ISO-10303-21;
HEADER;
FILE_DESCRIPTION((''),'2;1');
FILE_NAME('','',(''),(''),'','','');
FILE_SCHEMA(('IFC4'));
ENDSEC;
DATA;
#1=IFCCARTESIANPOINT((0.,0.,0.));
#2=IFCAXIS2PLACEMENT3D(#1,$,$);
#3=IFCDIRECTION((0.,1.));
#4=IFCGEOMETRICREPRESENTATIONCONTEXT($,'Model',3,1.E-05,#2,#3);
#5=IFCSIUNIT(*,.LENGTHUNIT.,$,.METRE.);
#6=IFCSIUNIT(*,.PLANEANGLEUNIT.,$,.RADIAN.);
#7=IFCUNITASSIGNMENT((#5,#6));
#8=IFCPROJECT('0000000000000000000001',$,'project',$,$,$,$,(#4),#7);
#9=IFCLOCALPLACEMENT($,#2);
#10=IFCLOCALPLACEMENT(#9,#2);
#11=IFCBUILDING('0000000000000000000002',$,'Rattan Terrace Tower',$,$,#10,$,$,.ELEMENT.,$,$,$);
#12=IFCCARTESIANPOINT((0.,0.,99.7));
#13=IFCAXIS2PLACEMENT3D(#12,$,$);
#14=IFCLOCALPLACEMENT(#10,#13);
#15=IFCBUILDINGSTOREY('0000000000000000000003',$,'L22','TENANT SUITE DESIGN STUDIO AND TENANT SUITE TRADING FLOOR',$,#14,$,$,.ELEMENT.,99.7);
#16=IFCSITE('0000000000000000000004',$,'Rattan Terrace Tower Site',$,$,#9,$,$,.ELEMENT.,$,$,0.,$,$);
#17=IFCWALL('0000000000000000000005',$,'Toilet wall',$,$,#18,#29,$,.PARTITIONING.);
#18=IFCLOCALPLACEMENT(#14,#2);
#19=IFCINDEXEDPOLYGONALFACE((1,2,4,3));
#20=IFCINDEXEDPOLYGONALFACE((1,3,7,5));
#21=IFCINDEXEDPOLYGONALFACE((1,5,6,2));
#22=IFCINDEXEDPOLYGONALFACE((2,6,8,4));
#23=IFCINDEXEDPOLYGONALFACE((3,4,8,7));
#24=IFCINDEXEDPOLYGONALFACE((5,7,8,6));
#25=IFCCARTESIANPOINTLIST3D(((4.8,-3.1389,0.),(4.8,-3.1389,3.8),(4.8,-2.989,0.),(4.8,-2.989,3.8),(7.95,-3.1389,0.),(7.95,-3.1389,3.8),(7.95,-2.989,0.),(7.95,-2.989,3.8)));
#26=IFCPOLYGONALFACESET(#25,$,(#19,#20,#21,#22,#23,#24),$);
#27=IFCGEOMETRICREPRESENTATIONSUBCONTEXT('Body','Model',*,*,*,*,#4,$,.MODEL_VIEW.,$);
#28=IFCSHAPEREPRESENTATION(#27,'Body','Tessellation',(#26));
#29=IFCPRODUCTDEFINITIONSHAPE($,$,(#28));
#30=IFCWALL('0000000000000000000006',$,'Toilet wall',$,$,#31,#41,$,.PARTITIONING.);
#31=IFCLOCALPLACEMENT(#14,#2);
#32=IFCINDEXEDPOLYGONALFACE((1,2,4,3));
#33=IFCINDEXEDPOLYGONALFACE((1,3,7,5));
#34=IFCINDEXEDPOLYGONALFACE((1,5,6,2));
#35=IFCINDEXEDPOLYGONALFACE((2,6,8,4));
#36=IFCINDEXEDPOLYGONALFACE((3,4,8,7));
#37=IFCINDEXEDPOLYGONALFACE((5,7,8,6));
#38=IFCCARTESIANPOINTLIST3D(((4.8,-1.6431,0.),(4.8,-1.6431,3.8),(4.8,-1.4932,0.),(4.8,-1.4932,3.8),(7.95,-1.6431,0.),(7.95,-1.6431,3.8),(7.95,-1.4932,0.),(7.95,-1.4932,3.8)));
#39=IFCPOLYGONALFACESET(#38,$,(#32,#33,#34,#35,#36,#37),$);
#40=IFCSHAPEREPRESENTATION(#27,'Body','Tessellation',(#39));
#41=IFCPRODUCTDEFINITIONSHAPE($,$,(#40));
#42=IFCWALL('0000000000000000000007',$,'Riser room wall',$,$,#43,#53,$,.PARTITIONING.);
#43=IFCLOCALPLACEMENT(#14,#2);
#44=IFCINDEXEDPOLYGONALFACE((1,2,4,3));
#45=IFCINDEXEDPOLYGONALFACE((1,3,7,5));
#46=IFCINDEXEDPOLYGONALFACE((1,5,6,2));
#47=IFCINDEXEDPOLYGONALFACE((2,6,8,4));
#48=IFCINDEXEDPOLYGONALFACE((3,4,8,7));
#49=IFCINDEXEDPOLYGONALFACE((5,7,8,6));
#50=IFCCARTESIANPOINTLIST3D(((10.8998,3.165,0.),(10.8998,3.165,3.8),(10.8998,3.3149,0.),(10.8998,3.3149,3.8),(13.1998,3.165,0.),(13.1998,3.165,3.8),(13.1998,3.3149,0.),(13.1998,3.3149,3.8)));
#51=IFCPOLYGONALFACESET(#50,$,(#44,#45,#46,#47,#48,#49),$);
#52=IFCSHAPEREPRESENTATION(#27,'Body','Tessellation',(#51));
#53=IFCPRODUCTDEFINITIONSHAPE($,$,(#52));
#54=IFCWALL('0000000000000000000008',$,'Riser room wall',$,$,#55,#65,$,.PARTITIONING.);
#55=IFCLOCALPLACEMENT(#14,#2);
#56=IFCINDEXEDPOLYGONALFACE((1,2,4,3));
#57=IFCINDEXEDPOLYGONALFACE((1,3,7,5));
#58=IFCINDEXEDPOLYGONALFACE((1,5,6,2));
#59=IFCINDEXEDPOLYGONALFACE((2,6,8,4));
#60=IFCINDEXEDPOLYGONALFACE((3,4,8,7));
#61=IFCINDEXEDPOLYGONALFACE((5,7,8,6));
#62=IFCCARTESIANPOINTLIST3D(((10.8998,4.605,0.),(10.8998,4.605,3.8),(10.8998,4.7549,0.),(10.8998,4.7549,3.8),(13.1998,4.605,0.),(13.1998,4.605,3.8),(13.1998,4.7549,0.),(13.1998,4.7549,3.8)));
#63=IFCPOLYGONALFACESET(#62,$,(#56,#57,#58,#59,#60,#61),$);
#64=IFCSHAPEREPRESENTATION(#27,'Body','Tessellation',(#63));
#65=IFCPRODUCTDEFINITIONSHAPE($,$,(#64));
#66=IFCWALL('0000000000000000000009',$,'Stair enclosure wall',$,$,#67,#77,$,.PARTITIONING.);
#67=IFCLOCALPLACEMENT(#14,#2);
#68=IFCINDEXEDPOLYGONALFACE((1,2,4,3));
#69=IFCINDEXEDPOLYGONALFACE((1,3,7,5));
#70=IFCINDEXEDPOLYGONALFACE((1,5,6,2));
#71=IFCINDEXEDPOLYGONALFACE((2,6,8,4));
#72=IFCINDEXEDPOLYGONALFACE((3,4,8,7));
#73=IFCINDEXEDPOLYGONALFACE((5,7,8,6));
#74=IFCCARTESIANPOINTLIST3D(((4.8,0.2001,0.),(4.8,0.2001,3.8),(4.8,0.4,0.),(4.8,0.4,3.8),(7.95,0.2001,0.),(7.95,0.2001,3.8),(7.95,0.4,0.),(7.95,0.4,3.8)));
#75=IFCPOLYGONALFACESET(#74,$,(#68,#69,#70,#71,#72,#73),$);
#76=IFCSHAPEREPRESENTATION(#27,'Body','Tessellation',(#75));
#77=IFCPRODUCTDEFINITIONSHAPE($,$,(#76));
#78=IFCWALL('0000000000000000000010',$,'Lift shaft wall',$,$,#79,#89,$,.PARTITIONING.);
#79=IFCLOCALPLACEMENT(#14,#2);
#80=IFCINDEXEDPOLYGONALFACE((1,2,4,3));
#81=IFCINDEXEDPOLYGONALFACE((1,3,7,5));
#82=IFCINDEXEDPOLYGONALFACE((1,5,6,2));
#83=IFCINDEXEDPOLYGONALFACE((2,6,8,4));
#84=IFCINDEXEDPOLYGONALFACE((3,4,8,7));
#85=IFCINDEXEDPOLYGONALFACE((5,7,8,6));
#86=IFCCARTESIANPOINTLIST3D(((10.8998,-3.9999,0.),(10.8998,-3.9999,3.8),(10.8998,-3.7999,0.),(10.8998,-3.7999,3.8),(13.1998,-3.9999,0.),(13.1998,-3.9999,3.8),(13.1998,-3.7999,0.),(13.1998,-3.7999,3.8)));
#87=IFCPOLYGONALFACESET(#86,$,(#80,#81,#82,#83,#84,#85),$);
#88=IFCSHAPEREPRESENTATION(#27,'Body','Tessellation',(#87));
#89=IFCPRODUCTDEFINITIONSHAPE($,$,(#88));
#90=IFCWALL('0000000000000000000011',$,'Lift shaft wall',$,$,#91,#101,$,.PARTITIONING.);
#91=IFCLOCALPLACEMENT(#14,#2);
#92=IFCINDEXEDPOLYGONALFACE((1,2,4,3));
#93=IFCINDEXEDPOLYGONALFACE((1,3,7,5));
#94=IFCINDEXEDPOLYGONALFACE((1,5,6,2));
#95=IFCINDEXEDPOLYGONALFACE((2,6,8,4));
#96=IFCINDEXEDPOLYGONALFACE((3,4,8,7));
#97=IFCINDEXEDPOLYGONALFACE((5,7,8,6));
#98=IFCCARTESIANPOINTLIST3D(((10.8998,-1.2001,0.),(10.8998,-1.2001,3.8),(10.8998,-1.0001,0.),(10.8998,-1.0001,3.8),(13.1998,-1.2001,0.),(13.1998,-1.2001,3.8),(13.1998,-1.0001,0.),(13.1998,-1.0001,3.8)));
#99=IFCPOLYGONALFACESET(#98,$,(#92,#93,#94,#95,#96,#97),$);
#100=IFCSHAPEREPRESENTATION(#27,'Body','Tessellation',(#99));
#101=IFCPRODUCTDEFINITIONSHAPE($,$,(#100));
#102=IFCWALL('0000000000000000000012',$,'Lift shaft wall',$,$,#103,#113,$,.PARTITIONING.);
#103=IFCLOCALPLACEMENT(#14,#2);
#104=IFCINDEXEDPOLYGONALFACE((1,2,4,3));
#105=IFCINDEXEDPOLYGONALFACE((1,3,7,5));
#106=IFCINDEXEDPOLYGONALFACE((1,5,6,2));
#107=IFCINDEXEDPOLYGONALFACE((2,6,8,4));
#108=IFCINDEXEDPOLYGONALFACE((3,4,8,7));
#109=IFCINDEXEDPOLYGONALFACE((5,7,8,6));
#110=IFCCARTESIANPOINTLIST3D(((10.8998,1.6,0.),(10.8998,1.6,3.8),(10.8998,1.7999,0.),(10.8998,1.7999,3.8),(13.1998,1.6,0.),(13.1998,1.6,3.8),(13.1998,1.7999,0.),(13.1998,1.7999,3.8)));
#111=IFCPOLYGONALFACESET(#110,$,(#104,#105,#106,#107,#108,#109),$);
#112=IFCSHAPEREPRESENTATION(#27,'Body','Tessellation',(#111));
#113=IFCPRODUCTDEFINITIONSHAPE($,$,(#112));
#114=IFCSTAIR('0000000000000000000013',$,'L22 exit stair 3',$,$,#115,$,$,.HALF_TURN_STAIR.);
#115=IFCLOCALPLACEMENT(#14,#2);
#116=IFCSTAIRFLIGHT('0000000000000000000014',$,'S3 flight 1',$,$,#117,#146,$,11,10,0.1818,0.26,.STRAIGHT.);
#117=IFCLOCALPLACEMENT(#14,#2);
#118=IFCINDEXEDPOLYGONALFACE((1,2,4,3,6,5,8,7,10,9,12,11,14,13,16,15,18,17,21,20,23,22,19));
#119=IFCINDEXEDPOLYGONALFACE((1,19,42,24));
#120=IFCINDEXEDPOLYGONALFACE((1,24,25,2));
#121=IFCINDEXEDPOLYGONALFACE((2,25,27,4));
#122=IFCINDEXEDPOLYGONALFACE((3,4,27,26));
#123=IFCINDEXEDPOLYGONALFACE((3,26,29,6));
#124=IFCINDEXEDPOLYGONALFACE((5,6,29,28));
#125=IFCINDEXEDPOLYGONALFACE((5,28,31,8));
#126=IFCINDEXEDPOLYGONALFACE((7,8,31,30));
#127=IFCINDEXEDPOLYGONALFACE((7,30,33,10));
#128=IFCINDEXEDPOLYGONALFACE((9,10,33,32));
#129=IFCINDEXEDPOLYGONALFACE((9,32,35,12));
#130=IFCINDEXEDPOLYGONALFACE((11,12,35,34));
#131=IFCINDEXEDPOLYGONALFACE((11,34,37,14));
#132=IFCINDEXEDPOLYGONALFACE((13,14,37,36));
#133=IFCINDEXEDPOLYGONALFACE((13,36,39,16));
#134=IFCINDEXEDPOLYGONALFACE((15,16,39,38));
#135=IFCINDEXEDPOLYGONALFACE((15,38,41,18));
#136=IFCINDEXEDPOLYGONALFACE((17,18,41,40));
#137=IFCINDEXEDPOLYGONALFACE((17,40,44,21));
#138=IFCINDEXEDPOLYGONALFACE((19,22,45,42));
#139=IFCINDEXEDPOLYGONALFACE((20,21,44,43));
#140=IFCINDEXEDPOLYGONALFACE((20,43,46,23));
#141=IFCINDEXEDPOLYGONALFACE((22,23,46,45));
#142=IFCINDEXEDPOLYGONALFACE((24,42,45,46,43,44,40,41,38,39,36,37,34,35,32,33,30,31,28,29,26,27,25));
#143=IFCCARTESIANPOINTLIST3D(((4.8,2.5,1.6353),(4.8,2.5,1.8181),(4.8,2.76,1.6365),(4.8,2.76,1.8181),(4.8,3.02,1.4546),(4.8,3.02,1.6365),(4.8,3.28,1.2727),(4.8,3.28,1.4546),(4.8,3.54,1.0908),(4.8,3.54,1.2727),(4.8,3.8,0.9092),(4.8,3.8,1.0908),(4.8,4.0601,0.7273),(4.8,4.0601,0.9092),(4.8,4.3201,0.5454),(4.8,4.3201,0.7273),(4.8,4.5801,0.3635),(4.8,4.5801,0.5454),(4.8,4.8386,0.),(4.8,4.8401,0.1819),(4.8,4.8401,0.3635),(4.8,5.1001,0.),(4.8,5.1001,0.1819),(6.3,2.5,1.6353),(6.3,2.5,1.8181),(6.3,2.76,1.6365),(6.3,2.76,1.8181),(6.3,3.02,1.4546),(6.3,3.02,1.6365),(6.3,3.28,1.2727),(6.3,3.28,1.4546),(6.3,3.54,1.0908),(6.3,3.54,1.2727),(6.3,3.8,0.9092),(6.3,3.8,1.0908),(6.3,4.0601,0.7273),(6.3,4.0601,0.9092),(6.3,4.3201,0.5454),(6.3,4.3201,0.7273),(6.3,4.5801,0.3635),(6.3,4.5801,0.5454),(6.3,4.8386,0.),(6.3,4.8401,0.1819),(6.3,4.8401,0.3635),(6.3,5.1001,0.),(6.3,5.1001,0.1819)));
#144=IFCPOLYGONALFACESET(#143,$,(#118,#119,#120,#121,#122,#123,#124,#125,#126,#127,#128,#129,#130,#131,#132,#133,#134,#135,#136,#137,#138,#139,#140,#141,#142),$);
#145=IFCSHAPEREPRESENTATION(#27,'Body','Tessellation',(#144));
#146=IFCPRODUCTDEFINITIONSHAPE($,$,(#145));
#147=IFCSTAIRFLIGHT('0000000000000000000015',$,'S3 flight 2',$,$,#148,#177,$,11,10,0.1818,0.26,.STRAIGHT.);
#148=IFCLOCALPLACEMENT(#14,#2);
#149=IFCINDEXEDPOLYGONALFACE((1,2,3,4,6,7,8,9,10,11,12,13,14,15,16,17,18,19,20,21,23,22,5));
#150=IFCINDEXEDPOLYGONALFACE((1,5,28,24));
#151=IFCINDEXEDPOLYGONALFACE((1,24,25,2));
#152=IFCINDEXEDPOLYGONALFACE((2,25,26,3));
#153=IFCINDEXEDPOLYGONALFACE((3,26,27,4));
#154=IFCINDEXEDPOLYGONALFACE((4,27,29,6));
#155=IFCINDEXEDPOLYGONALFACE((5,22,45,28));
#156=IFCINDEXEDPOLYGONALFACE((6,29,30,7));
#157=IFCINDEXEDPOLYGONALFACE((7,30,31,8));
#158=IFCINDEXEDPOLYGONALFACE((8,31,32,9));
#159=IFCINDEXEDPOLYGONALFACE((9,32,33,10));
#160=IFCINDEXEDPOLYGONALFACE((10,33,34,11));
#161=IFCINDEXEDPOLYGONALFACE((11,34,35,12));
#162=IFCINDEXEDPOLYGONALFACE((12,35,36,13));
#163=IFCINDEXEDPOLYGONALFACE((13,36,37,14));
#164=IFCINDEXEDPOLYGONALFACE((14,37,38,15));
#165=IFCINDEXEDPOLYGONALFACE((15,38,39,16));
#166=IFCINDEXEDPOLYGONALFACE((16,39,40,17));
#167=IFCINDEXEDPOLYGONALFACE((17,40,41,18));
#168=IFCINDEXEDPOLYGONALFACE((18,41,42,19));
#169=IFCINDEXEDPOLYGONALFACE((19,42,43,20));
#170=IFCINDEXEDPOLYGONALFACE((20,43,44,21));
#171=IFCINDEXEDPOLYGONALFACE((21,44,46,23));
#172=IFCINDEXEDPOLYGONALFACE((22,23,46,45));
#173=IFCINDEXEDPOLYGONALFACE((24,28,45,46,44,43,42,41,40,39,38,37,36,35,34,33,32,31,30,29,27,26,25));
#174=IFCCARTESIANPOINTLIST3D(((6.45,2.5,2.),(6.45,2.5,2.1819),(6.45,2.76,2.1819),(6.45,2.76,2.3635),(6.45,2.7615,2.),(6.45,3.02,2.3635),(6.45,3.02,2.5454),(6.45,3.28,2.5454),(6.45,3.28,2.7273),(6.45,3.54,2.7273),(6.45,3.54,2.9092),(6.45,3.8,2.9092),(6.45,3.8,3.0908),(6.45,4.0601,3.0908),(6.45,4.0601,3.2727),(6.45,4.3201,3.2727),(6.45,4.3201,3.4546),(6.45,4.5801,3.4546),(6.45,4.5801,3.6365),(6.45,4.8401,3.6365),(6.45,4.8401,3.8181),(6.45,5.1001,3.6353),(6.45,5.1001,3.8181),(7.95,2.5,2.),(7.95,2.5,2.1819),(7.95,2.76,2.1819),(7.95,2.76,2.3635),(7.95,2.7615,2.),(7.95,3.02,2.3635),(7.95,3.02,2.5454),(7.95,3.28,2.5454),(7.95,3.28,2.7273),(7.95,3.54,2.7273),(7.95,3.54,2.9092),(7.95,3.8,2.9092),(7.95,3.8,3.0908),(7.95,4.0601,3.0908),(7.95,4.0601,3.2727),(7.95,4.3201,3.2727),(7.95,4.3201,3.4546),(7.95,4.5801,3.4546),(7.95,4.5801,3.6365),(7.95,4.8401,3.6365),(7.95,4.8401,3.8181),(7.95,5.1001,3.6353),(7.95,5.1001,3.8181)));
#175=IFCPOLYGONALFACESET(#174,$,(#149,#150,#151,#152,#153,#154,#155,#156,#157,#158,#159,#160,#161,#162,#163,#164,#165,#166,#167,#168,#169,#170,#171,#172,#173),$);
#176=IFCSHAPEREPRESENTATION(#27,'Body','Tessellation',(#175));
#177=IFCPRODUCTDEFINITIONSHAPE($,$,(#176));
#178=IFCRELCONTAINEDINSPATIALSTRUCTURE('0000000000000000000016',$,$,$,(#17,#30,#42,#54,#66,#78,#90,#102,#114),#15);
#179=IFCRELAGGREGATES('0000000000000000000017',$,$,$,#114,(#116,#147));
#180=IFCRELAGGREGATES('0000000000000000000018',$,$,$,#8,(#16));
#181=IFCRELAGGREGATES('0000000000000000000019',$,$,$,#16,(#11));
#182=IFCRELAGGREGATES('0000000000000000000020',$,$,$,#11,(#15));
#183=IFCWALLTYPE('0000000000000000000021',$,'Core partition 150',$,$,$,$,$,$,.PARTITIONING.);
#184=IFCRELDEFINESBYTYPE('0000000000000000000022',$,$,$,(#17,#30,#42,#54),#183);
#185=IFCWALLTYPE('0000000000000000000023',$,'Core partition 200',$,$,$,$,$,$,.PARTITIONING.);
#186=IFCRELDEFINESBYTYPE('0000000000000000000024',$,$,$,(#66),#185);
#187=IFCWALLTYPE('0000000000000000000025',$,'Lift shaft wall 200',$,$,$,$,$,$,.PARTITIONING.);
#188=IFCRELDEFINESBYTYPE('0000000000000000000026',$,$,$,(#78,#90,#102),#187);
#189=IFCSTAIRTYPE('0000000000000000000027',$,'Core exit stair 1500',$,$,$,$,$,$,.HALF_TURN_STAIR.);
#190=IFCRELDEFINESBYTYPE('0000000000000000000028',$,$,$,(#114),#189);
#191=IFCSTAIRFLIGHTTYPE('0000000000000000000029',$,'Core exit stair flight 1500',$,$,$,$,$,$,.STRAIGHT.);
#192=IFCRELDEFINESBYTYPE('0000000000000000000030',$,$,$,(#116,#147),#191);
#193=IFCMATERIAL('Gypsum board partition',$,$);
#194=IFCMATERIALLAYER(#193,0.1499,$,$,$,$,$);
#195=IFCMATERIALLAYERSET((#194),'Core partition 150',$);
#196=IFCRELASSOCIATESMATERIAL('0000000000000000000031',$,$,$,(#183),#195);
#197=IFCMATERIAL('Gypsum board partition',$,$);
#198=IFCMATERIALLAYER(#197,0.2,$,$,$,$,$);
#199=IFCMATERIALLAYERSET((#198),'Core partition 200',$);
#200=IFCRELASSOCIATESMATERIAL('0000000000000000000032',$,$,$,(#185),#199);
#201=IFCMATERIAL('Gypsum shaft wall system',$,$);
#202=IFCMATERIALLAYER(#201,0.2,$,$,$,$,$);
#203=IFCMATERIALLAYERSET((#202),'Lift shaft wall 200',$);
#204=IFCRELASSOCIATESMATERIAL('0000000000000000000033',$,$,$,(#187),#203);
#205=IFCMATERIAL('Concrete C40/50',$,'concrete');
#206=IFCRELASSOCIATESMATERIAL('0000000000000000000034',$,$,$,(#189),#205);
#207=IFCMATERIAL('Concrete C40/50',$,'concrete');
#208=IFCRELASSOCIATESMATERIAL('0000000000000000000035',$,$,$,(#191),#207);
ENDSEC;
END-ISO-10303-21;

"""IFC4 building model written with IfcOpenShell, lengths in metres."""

from ifc_helpers import new_model, si_unit, direction, frame, frame_2d, origin, place, context, subcontext, project, spatial, polyline, rectangle, outline, extrude, material, layer, layer_set, type_object, element, aggregate, save


model = new_model("IFC4")

# Units and contexts
model_context = context("Model", 3, precision=1e-05, world=origin(), true_north=direction((0.0, 1.0)))
body_context = subcontext(model_context, "Body", "Model", "MODEL_VIEW")
ifc_project = project(units=[si_unit("LENGTHUNIT", "METRE"), si_unit("PLANEANGLEUNIT", "RADIAN")], contexts=[model_context])

# Site, building, storey
site_placement = place(None, origin())
site = spatial("IfcSite", under=ifc_project, at=site_placement, Name="Rattan Terrace Tower Site", CompositionType="ELEMENT", RefElevation=0.0)
building_placement = place(site_placement, origin())
building = spatial("IfcBuilding", under=site, at=building_placement, Name="Rattan Terrace Tower", CompositionType="ELEMENT")
storey_placement = place(building_placement, frame((0.0, 0.0, 99.7)))
storey = spatial("IfcBuildingStorey", under=building, at=storey_placement, Name="L22", Description="TENANT SUITE DESIGN STUDIO AND TENANT SUITE TRADING FLOOR", CompositionType="ELEMENT", Elevation=99.7)

# Walls
ifc_material_1 = material(Name="Gypsum board partition")
ifc_layer_1 = layer(ifc_material_1, 0.1499)
ifc_layer_set_1 = layer_set([ifc_layer_1], Name="Core partition 150")
wall_type_1 = type_object("IfcWallType", Name="Core partition 150", PredefinedType="PARTITIONING", material=ifc_layer_set_1)
for number, where, z_axis, x_axis, name in (
    (1, (4.8, -3.064, 0.0), (0.0, 0.0, 1.0), (1.0, 0.0, 0.0), "Toilet wall"),
    (2, (4.8, -1.5681, 0.0), (0.0, 0.0, 1.0), (1.0, 0.0, 0.0), "Toilet wall"),
):
    element("IfcWall", number, at=place(storey_placement, frame(where, z_axis=z_axis, x_axis=x_axis)), inside=storey, type_object=wall_type_1, Name=name, PredefinedType="PARTITIONING", context=body_context, shape_type="SweptSolid", body=[
        extrude(rectangle(XDim=3.1499, YDim=0.1499, at=frame_2d((1.575, 0.0))), origin(), (0.0, 0.0, 1.0), 3.8),
    ])
for number, where, z_axis, x_axis, name in (
    (3, (10.8999, 3.24, 0.0), (0.0, 0.0, 1.0), (1.0, 0.0, 0.0), "Riser room wall"),
    (4, (10.8999, 4.6799, 0.0), (0.0, 0.0, 1.0), (1.0, 0.0, 0.0), "Riser room wall"),
):
    element("IfcWall", number, at=place(storey_placement, frame(where, z_axis=z_axis, x_axis=x_axis)), inside=storey, type_object=wall_type_1, Name=name, PredefinedType="PARTITIONING", context=body_context, shape_type="SweptSolid", body=[
        extrude(rectangle(XDim=2.3, YDim=0.1499, at=frame_2d((1.1499, 0.0))), origin(), (0.0, 0.0, 1.0), 3.8),
    ])
ifc_material_2 = material(Name="Gypsum board partition")
ifc_layer_2 = layer(ifc_material_2, 0.2)
ifc_layer_set_2 = layer_set([ifc_layer_2], Name="Core partition 200")
wall_type_2 = type_object("IfcWallType", Name="Core partition 200", PredefinedType="PARTITIONING", material=ifc_layer_set_2)
wall_placement = place(storey_placement, frame((4.8, 0.3, 0.0), z_axis=(0.0, 0.0, 1.0), x_axis=(1.0, 0.0, 0.0)))
element("IfcWall", 5, at=wall_placement, inside=storey, type_object=wall_type_2, Name="Stair enclosure wall", PredefinedType="PARTITIONING", context=body_context, shape_type="SweptSolid", body=[
    extrude(rectangle(XDim=3.1499, YDim=0.2, at=frame_2d((1.575, 0.0))), origin(), (0.0, 0.0, 1.0), 3.8),
])
ifc_material_3 = material(Name="Gypsum shaft wall system")
ifc_layer_3 = layer(ifc_material_3, 0.2)
ifc_layer_set_3 = layer_set([ifc_layer_3], Name="Lift shaft wall 200")
wall_type_3 = type_object("IfcWallType", Name="Lift shaft wall 200", PredefinedType="PARTITIONING", material=ifc_layer_set_3)
for number, where, z_axis, x_axis, name in (
    (6, (10.8999, -3.8999, 0.0), (0.0, 0.0, 1.0), (1.0, 0.0, 0.0), "Lift shaft wall"),
    (7, (10.8999, -1.1001, 0.0), (0.0, 0.0, 1.0), (1.0, 0.0, 0.0), "Lift shaft wall"),
    (8, (10.8999, 1.7, 0.0), (0.0, 0.0, 1.0), (1.0, 0.0, 0.0), "Lift shaft wall"),
):
    element("IfcWall", number, at=place(storey_placement, frame(where, z_axis=z_axis, x_axis=x_axis)), inside=storey, type_object=wall_type_3, Name=name, PredefinedType="PARTITIONING", context=body_context, shape_type="SweptSolid", body=[
        extrude(rectangle(XDim=2.3, YDim=0.2, at=frame_2d((1.1499, 0.0))), origin(), (0.0, 0.0, 1.0), 3.8),
    ])

# Stair, stair flights
ifc_material_4 = material(Name="Concrete C40/50", Category="concrete")
stair_type = type_object("IfcStairType", Name="Core exit stair 1500", PredefinedType="HALF_TURN_STAIR", material=ifc_material_4)
stair_placement = place(storey_placement, origin())
stair = element("IfcStair", 9, at=stair_placement, inside=storey, type_object=stair_type, Name="L22 exit stair 3", PredefinedType="HALF_TURN_STAIR")
ifc_material_5 = material(Name="Concrete C40/50", Category="concrete")
stair_flight_type = type_object("IfcStairFlightType", Name="Core exit stair flight 1500", PredefinedType="STRAIGHT", material=ifc_material_5)
stair_flight_1_placement = place(storey_placement, frame((5.55, 5.1001, 0.0), z_axis=(0.0, 0.0, 1.0), x_axis=(0.0, -1.0, 0.0)))
stair_flight_1 = element("IfcStairFlight", 10, at=stair_flight_1_placement, type_object=stair_flight_type, Name="S3 flight 1", NumberOfRisers=11, NumberOfTreads=10, PredefinedType="STRAIGHT", RiserHeight=0.1818, TreadLength=0.26, context=body_context, shape_type="SweptSolid", body=[
    extrude(outline(polyline([(0.0, 0.0), (0.0, 0.1819), (0.26, 0.1819), (0.26, 0.3635), (0.52, 0.3635), (0.52, 0.5454), (0.78, 0.5454), (0.78, 0.7273), (1.04, 0.7273), (1.04, 0.9092), (1.3, 0.9092), (1.3, 1.0908), (1.5601, 1.0908), (1.5601, 1.2727), (1.8201, 1.2727), (1.8201, 1.4546), (2.0801, 1.4546), (2.0801, 1.6365), (2.3401, 1.6365), (2.3401, 1.8181), (2.6001, 1.8181), (2.6001, 2.0), (2.6001, 1.6353), (0.2615, 0.0), (0.0, 0.0)])), frame((0.0, 0.75, 0.0), z_axis=(0.0, -1.0, 0.0), x_axis=(1.0, 0.0, 0.0)), (0.0, 0.0, 1.0), 1.5),
])
stair_flight_2_placement = place(storey_placement, frame((7.2, 2.5, 2.0), z_axis=(0.0, 0.0, 1.0), x_axis=(0.0, 1.0, 0.0)))
stair_flight_2 = element("IfcStairFlight", 11, at=stair_flight_2_placement, type_object=stair_flight_type, Name="S3 flight 2", NumberOfRisers=11, NumberOfTreads=10, PredefinedType="STRAIGHT", RiserHeight=0.1818, TreadLength=0.26, context=body_context, shape_type="SweptSolid", body=[
    extrude(outline(polyline([(0.0, 0.0), (0.0, 0.1819), (0.26, 0.1819), (0.26, 0.3635), (0.52, 0.3635), (0.52, 0.5454), (0.78, 0.5454), (0.78, 0.7273), (1.04, 0.7273), (1.04, 0.9092), (1.3, 0.9092), (1.3, 1.0908), (1.5601, 1.0908), (1.5601, 1.2727), (1.8201, 1.2727), (1.8201, 1.4546), (2.0801, 1.4546), (2.0801, 1.6365), (2.3401, 1.6365), (2.3401, 1.8181), (2.6001, 1.8181), (2.6001, 2.0), (2.6001, 1.6353), (0.2615, 0.0), (0.0, 0.0)])), frame((0.0, 0.75, 0.0), z_axis=(0.0, -1.0, 0.0), x_axis=(1.0, 0.0, 0.0)), (0.0, 0.0, 1.0), 1.5),
])
aggregate(stair, [stair_flight_1, stair_flight_2])

save(model, "model.ifc")
